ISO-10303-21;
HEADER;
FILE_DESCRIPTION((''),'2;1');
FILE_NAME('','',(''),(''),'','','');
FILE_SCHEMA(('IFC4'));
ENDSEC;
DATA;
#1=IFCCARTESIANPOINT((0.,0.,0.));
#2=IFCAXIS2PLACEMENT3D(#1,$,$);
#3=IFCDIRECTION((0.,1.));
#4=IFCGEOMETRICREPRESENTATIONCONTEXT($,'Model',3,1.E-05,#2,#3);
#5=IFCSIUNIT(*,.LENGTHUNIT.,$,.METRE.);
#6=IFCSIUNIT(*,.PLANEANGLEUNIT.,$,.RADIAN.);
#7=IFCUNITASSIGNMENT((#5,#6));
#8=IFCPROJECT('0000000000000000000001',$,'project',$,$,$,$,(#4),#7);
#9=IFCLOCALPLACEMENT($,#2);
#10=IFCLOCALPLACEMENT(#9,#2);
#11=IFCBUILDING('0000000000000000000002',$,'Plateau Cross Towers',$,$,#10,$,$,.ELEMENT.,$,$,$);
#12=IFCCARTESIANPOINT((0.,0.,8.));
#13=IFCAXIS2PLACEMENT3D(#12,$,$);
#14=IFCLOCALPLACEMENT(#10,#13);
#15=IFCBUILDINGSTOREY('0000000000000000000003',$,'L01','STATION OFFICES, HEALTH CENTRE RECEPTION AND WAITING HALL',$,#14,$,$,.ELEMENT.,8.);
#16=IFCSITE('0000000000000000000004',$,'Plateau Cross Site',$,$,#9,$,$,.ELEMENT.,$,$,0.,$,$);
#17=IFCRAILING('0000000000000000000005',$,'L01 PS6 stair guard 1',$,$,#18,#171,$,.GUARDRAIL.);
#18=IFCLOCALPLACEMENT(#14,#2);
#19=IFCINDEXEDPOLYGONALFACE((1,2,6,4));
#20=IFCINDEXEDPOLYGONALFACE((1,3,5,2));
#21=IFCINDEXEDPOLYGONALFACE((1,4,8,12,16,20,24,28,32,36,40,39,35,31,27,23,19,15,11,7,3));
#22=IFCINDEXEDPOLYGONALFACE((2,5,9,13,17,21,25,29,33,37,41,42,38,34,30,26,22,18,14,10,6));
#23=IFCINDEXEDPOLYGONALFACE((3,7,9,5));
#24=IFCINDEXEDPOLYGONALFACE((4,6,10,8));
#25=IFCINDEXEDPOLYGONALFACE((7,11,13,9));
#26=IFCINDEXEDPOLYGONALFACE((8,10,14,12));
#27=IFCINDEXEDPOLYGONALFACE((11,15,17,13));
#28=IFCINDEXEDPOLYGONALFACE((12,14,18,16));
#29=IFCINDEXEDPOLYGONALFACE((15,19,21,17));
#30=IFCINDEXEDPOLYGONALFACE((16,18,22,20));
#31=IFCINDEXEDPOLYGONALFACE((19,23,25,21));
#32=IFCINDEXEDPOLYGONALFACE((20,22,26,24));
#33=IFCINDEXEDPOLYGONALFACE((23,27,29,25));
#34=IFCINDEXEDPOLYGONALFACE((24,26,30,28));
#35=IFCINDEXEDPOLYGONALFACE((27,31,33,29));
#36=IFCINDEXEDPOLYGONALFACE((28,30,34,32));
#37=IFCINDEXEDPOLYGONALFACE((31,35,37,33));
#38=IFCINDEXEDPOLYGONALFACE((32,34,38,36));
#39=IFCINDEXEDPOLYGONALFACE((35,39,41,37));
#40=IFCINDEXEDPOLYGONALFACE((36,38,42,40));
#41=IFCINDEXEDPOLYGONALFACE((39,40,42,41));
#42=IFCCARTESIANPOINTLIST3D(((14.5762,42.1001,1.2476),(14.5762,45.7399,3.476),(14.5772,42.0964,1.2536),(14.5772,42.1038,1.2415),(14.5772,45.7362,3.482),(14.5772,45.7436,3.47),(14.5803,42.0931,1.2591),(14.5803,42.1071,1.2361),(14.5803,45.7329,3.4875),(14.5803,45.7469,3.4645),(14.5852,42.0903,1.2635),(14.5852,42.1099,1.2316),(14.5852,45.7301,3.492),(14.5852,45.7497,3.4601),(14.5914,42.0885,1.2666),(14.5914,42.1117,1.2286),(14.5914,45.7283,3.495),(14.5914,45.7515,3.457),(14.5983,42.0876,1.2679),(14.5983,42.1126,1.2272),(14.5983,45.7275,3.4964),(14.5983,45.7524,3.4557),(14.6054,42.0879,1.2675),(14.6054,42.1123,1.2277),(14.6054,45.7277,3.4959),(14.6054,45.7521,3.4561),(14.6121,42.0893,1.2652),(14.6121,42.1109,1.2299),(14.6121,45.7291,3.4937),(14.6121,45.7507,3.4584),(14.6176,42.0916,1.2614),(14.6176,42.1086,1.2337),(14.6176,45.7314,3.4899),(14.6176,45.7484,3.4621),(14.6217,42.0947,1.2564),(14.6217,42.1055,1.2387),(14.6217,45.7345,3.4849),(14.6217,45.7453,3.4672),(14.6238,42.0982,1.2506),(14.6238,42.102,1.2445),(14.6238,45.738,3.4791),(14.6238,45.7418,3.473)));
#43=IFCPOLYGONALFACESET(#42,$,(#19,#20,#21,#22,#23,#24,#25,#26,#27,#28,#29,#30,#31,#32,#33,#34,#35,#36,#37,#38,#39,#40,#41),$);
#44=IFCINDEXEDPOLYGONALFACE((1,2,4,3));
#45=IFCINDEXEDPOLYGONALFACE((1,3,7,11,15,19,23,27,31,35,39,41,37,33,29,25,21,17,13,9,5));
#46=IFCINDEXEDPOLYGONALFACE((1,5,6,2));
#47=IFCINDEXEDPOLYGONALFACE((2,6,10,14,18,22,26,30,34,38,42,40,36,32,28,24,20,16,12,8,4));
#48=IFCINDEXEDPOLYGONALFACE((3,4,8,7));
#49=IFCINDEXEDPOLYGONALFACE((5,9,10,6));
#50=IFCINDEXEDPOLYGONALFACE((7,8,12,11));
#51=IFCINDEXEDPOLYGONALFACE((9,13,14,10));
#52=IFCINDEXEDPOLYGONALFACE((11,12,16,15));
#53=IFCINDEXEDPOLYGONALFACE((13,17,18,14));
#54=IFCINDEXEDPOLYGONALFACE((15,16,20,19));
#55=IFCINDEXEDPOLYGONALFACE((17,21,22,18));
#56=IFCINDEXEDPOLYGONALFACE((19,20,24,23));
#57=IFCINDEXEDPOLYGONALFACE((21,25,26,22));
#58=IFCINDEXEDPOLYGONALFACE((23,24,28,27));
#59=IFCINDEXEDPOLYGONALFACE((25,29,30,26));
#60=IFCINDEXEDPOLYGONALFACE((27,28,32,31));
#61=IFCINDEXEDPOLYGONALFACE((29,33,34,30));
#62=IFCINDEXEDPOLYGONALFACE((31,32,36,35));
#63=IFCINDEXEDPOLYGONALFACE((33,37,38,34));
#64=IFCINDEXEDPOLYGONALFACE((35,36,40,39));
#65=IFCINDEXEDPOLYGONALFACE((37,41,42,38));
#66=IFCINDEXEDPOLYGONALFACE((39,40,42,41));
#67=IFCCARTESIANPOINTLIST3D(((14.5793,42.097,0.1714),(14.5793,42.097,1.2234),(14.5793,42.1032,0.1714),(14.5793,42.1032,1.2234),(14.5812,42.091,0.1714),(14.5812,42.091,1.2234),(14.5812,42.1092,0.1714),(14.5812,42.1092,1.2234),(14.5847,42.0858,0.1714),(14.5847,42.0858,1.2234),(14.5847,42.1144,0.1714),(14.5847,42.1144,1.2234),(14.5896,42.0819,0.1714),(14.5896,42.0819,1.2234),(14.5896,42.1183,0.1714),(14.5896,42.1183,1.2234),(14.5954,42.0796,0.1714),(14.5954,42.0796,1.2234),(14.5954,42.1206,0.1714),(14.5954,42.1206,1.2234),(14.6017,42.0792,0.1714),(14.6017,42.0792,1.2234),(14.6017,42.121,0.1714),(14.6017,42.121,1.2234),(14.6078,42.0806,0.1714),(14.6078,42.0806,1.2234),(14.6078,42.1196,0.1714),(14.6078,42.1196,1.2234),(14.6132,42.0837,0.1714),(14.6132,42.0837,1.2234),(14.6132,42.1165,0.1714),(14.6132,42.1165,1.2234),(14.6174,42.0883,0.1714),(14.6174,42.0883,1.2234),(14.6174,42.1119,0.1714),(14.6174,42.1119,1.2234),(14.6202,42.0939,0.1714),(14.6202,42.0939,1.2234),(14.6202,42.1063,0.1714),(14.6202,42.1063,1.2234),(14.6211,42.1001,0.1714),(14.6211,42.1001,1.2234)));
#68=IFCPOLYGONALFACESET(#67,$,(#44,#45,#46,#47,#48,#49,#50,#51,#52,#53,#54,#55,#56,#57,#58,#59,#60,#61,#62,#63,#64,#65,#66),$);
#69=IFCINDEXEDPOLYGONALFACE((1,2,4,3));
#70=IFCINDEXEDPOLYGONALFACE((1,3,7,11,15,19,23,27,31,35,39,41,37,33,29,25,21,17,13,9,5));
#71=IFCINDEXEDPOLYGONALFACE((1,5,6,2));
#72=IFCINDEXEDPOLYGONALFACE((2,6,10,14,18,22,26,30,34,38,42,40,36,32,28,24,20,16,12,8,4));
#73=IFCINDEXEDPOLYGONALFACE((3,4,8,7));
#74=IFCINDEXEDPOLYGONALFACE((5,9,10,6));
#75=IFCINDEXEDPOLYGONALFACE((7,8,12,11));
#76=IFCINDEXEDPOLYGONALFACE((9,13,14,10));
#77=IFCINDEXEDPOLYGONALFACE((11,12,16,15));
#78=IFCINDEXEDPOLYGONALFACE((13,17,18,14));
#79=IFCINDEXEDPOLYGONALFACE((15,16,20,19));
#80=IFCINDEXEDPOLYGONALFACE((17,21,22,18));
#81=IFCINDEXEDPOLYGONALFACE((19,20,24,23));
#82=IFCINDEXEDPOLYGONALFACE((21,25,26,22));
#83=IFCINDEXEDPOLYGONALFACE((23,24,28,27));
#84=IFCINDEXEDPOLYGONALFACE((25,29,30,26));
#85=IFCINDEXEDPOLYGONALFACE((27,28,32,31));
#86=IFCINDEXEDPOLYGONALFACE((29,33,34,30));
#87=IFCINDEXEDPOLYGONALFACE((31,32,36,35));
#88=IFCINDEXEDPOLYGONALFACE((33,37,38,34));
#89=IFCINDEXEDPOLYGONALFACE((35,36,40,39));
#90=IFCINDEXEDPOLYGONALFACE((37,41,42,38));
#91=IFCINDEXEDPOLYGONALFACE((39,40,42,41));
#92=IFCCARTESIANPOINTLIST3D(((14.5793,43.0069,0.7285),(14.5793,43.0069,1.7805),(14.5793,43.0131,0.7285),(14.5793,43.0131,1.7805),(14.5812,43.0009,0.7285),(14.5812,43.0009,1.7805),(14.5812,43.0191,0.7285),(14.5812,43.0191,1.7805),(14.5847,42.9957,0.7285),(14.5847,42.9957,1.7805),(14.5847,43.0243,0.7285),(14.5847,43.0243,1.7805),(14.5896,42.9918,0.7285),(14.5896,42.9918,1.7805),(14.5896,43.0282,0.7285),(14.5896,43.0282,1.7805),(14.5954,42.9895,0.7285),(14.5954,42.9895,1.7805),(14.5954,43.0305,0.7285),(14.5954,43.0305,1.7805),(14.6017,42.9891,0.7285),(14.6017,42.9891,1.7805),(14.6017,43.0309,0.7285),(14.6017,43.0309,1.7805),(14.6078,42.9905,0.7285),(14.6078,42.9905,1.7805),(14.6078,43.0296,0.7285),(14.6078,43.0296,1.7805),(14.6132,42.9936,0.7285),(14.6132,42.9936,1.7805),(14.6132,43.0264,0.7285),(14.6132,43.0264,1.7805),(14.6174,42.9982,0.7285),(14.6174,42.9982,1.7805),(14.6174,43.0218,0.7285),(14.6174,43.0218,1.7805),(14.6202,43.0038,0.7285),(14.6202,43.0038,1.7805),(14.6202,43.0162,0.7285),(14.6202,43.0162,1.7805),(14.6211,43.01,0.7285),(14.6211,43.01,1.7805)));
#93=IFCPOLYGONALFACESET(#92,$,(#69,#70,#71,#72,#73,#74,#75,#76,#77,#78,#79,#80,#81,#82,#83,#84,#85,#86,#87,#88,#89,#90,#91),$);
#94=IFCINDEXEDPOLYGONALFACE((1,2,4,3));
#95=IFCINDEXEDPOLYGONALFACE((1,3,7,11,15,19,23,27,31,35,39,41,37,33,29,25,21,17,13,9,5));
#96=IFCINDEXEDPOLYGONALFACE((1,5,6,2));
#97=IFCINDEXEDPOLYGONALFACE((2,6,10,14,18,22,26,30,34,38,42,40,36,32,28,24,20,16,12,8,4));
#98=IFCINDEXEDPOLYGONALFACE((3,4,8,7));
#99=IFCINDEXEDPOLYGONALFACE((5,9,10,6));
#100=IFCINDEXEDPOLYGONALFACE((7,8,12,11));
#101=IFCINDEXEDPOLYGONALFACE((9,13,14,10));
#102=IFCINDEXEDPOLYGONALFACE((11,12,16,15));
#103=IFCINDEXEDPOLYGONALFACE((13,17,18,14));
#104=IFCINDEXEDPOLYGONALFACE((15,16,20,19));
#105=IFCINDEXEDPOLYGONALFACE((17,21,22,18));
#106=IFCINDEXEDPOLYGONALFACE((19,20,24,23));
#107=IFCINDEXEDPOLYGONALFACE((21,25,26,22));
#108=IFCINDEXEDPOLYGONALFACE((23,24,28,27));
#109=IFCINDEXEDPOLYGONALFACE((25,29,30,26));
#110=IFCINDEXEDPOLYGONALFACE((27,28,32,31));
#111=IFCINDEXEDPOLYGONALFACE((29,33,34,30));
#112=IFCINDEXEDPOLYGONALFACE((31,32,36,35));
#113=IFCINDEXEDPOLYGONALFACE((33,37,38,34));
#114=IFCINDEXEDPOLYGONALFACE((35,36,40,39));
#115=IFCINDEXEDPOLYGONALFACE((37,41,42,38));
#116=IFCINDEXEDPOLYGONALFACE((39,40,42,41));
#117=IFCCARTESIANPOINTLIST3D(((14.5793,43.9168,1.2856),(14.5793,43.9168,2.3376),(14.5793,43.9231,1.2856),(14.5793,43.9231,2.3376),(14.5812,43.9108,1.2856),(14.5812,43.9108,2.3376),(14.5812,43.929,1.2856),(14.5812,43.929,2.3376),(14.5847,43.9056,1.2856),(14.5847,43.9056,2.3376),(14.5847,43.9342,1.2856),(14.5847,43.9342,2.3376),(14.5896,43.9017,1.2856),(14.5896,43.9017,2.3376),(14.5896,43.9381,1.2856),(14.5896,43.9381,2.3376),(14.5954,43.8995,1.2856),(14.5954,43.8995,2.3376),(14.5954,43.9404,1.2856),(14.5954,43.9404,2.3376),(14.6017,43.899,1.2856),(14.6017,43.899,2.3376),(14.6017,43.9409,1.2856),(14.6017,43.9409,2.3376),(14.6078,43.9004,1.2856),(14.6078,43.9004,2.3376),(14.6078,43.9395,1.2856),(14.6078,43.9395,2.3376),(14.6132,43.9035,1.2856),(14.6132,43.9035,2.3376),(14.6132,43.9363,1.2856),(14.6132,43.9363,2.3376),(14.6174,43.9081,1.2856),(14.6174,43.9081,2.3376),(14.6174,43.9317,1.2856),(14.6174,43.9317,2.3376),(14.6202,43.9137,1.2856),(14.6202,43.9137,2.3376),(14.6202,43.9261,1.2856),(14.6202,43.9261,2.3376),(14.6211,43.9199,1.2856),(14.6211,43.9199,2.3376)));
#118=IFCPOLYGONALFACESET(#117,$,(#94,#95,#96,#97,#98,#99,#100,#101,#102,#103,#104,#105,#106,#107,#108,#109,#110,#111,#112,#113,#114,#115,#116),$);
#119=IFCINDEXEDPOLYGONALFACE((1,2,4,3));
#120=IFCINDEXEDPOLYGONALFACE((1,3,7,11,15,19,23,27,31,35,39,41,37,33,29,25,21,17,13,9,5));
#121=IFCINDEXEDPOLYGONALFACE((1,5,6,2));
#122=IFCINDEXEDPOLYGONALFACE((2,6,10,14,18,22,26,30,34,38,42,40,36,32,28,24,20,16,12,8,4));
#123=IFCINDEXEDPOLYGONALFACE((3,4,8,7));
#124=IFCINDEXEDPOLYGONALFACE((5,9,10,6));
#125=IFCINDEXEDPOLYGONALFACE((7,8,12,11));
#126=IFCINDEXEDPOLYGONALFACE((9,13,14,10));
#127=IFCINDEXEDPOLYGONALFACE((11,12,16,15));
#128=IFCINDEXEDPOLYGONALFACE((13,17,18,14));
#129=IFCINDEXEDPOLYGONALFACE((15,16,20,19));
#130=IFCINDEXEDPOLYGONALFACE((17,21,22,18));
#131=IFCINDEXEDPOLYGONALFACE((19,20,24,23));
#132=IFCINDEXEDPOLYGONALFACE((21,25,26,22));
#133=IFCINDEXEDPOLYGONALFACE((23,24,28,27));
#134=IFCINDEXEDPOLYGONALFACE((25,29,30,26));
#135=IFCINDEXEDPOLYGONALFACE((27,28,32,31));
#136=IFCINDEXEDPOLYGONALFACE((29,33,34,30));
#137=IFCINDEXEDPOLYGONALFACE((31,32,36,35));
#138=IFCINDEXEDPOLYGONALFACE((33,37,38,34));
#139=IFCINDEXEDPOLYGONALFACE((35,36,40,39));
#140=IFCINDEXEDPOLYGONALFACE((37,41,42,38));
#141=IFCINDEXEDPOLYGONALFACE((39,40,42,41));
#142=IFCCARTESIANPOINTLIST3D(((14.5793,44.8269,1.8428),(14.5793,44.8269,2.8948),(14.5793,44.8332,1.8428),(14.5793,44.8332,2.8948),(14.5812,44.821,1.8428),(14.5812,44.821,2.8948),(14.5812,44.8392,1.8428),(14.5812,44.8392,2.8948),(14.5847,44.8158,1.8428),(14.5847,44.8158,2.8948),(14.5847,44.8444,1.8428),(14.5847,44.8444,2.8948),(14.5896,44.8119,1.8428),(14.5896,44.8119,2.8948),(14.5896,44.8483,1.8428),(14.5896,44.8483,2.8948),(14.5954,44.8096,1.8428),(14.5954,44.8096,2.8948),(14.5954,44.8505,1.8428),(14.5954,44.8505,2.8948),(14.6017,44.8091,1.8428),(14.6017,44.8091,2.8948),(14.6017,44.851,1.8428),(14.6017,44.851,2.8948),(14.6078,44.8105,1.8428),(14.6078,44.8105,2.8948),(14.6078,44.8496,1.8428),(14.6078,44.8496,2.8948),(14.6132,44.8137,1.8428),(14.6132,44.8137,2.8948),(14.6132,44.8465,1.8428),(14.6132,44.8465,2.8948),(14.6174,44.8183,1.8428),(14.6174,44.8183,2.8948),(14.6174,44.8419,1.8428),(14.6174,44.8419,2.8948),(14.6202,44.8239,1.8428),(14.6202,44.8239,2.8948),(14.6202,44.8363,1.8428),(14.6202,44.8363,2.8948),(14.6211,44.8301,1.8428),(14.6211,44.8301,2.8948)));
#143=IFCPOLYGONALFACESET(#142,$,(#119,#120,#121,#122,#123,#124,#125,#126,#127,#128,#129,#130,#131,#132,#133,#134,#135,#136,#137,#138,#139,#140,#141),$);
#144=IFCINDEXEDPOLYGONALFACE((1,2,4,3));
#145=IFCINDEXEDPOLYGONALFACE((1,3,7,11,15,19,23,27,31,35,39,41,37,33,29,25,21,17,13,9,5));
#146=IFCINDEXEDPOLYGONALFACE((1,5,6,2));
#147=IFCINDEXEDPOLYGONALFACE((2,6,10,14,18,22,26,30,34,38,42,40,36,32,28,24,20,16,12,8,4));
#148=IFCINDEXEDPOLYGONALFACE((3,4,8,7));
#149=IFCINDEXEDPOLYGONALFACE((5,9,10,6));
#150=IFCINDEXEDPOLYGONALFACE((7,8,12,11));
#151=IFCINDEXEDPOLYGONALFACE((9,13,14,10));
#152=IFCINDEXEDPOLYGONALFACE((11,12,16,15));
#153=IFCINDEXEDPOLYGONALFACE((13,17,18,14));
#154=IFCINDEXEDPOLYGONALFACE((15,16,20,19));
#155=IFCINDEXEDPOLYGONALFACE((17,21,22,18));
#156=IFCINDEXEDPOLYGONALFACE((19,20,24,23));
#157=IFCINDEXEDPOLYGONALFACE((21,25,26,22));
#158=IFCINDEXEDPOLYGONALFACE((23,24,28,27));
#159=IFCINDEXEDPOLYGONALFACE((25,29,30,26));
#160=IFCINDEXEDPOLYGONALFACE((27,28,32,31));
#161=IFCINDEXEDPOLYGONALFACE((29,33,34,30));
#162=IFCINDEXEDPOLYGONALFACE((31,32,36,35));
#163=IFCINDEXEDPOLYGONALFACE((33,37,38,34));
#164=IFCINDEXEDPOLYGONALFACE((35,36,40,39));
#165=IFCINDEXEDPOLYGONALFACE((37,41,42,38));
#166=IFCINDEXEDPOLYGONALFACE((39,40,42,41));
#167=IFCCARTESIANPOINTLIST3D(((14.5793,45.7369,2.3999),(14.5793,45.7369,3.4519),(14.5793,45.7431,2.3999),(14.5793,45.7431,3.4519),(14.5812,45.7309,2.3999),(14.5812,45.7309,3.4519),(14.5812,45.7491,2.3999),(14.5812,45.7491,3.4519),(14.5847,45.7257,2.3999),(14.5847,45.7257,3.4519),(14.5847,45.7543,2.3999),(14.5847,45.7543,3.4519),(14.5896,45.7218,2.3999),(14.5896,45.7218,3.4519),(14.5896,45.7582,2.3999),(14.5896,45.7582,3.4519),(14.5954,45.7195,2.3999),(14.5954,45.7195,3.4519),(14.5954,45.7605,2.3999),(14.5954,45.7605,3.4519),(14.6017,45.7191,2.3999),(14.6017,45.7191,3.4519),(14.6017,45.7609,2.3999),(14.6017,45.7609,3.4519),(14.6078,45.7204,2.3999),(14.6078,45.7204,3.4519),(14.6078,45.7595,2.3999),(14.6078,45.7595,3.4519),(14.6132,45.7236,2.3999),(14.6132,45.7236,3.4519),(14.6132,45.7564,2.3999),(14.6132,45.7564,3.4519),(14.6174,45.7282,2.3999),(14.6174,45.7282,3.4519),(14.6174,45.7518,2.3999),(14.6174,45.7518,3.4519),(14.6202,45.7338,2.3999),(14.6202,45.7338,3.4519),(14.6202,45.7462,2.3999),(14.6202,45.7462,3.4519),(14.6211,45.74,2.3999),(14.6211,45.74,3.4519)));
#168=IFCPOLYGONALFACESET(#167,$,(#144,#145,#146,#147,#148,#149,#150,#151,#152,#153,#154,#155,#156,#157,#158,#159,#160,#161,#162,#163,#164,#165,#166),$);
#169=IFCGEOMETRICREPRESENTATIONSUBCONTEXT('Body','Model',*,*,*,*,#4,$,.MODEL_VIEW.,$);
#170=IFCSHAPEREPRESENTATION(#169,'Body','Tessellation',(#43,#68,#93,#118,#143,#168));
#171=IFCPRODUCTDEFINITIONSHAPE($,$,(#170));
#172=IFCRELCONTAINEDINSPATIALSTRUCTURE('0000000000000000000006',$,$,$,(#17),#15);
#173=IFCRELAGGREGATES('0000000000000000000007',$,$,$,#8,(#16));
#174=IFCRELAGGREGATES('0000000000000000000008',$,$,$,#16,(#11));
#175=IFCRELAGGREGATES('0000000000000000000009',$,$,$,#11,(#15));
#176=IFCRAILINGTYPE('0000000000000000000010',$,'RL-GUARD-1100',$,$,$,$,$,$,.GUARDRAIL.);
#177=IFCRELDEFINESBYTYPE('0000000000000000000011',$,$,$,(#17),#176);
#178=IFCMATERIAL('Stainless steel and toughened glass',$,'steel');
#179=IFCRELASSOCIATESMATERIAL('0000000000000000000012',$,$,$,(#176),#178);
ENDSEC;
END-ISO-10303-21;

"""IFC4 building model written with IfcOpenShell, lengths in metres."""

from ifc_helpers import new_model, si_unit, direction, frame, origin, origin_2d, place, context, subcontext, project, spatial, circle, extrude, material, type_object, element, save


model = new_model("IFC4")

# Units and contexts
model_context = context("Model", 3, precision=1e-05, world=origin(), true_north=direction((0.0, 1.0)))
body_context = subcontext(model_context, "Body", "Model", "MODEL_VIEW")
ifc_project = project(units=[si_unit("LENGTHUNIT", "METRE"), si_unit("PLANEANGLEUNIT", "RADIAN")], contexts=[model_context])

# Site, building, storey
site_placement = place(None, origin())
site = spatial("IfcSite", under=ifc_project, at=site_placement, Name="Plateau Cross Site", CompositionType="ELEMENT", RefElevation=0.0)
building_placement = place(site_placement, origin())
building = spatial("IfcBuilding", under=site, at=building_placement, Name="Plateau Cross Towers", CompositionType="ELEMENT")
storey_placement = place(building_placement, frame((0.0, 0.0, 8.0)))
storey = spatial("IfcBuildingStorey", under=building, at=storey_placement, Name="L01", Description="STATION OFFICES, HEALTH CENTRE RECEPTION AND WAITING HALL", CompositionType="ELEMENT", Elevation=8.0)

# Railing
ifc_material_1 = material(Name="Stainless steel and toughened glass", Category="steel")
railing_type_1 = type_object("IfcRailingType", Name="RL-GUARD-1100", PredefinedType="GUARDRAIL", material=ifc_material_1)
railing_1_placement = place(storey_placement, frame((14.6001, 42.1001, 0.1714)))
element("IfcRailing", 1, at=railing_1_placement, inside=storey, type_object=railing_type_1, Name="L01 PS6 stair guard 1", PredefinedType="GUARDRAIL", context=body_context, shape_type="SweptSolid", body=[
    extrude(circle(Radius=0.0239, at=origin_2d()), frame((0.0, 0.0, 1.0762), z_axis=(0.0, 0.85285, 0.522156), x_axis=(-1.0, 0.0, 0.0)), (0.0, 0.0, 1.0), 4.2678),
    extrude(circle(Radius=0.021, at=origin_2d()), origin(), (0.0, 0.0, 1.0), 1.052),
    extrude(circle(Radius=0.021, at=origin_2d()), frame((0.0, 0.9099, 0.5571)), (0.0, 0.0, 1.0), 1.052),
    extrude(circle(Radius=0.021, at=origin_2d()), frame((0.0, 1.8198, 1.1143)), (0.0, 0.0, 1.0), 1.052),
    extrude(circle(Radius=0.021, at=origin_2d()), frame((0.0, 2.73, 1.6714)), (0.0, 0.0, 1.0), 1.052),
    extrude(circle(Radius=0.021, at=origin_2d()), frame((0.0, 3.6399, 2.2285)), (0.0, 0.0, 1.0), 1.052),
])

save(model, "model.ifc")
